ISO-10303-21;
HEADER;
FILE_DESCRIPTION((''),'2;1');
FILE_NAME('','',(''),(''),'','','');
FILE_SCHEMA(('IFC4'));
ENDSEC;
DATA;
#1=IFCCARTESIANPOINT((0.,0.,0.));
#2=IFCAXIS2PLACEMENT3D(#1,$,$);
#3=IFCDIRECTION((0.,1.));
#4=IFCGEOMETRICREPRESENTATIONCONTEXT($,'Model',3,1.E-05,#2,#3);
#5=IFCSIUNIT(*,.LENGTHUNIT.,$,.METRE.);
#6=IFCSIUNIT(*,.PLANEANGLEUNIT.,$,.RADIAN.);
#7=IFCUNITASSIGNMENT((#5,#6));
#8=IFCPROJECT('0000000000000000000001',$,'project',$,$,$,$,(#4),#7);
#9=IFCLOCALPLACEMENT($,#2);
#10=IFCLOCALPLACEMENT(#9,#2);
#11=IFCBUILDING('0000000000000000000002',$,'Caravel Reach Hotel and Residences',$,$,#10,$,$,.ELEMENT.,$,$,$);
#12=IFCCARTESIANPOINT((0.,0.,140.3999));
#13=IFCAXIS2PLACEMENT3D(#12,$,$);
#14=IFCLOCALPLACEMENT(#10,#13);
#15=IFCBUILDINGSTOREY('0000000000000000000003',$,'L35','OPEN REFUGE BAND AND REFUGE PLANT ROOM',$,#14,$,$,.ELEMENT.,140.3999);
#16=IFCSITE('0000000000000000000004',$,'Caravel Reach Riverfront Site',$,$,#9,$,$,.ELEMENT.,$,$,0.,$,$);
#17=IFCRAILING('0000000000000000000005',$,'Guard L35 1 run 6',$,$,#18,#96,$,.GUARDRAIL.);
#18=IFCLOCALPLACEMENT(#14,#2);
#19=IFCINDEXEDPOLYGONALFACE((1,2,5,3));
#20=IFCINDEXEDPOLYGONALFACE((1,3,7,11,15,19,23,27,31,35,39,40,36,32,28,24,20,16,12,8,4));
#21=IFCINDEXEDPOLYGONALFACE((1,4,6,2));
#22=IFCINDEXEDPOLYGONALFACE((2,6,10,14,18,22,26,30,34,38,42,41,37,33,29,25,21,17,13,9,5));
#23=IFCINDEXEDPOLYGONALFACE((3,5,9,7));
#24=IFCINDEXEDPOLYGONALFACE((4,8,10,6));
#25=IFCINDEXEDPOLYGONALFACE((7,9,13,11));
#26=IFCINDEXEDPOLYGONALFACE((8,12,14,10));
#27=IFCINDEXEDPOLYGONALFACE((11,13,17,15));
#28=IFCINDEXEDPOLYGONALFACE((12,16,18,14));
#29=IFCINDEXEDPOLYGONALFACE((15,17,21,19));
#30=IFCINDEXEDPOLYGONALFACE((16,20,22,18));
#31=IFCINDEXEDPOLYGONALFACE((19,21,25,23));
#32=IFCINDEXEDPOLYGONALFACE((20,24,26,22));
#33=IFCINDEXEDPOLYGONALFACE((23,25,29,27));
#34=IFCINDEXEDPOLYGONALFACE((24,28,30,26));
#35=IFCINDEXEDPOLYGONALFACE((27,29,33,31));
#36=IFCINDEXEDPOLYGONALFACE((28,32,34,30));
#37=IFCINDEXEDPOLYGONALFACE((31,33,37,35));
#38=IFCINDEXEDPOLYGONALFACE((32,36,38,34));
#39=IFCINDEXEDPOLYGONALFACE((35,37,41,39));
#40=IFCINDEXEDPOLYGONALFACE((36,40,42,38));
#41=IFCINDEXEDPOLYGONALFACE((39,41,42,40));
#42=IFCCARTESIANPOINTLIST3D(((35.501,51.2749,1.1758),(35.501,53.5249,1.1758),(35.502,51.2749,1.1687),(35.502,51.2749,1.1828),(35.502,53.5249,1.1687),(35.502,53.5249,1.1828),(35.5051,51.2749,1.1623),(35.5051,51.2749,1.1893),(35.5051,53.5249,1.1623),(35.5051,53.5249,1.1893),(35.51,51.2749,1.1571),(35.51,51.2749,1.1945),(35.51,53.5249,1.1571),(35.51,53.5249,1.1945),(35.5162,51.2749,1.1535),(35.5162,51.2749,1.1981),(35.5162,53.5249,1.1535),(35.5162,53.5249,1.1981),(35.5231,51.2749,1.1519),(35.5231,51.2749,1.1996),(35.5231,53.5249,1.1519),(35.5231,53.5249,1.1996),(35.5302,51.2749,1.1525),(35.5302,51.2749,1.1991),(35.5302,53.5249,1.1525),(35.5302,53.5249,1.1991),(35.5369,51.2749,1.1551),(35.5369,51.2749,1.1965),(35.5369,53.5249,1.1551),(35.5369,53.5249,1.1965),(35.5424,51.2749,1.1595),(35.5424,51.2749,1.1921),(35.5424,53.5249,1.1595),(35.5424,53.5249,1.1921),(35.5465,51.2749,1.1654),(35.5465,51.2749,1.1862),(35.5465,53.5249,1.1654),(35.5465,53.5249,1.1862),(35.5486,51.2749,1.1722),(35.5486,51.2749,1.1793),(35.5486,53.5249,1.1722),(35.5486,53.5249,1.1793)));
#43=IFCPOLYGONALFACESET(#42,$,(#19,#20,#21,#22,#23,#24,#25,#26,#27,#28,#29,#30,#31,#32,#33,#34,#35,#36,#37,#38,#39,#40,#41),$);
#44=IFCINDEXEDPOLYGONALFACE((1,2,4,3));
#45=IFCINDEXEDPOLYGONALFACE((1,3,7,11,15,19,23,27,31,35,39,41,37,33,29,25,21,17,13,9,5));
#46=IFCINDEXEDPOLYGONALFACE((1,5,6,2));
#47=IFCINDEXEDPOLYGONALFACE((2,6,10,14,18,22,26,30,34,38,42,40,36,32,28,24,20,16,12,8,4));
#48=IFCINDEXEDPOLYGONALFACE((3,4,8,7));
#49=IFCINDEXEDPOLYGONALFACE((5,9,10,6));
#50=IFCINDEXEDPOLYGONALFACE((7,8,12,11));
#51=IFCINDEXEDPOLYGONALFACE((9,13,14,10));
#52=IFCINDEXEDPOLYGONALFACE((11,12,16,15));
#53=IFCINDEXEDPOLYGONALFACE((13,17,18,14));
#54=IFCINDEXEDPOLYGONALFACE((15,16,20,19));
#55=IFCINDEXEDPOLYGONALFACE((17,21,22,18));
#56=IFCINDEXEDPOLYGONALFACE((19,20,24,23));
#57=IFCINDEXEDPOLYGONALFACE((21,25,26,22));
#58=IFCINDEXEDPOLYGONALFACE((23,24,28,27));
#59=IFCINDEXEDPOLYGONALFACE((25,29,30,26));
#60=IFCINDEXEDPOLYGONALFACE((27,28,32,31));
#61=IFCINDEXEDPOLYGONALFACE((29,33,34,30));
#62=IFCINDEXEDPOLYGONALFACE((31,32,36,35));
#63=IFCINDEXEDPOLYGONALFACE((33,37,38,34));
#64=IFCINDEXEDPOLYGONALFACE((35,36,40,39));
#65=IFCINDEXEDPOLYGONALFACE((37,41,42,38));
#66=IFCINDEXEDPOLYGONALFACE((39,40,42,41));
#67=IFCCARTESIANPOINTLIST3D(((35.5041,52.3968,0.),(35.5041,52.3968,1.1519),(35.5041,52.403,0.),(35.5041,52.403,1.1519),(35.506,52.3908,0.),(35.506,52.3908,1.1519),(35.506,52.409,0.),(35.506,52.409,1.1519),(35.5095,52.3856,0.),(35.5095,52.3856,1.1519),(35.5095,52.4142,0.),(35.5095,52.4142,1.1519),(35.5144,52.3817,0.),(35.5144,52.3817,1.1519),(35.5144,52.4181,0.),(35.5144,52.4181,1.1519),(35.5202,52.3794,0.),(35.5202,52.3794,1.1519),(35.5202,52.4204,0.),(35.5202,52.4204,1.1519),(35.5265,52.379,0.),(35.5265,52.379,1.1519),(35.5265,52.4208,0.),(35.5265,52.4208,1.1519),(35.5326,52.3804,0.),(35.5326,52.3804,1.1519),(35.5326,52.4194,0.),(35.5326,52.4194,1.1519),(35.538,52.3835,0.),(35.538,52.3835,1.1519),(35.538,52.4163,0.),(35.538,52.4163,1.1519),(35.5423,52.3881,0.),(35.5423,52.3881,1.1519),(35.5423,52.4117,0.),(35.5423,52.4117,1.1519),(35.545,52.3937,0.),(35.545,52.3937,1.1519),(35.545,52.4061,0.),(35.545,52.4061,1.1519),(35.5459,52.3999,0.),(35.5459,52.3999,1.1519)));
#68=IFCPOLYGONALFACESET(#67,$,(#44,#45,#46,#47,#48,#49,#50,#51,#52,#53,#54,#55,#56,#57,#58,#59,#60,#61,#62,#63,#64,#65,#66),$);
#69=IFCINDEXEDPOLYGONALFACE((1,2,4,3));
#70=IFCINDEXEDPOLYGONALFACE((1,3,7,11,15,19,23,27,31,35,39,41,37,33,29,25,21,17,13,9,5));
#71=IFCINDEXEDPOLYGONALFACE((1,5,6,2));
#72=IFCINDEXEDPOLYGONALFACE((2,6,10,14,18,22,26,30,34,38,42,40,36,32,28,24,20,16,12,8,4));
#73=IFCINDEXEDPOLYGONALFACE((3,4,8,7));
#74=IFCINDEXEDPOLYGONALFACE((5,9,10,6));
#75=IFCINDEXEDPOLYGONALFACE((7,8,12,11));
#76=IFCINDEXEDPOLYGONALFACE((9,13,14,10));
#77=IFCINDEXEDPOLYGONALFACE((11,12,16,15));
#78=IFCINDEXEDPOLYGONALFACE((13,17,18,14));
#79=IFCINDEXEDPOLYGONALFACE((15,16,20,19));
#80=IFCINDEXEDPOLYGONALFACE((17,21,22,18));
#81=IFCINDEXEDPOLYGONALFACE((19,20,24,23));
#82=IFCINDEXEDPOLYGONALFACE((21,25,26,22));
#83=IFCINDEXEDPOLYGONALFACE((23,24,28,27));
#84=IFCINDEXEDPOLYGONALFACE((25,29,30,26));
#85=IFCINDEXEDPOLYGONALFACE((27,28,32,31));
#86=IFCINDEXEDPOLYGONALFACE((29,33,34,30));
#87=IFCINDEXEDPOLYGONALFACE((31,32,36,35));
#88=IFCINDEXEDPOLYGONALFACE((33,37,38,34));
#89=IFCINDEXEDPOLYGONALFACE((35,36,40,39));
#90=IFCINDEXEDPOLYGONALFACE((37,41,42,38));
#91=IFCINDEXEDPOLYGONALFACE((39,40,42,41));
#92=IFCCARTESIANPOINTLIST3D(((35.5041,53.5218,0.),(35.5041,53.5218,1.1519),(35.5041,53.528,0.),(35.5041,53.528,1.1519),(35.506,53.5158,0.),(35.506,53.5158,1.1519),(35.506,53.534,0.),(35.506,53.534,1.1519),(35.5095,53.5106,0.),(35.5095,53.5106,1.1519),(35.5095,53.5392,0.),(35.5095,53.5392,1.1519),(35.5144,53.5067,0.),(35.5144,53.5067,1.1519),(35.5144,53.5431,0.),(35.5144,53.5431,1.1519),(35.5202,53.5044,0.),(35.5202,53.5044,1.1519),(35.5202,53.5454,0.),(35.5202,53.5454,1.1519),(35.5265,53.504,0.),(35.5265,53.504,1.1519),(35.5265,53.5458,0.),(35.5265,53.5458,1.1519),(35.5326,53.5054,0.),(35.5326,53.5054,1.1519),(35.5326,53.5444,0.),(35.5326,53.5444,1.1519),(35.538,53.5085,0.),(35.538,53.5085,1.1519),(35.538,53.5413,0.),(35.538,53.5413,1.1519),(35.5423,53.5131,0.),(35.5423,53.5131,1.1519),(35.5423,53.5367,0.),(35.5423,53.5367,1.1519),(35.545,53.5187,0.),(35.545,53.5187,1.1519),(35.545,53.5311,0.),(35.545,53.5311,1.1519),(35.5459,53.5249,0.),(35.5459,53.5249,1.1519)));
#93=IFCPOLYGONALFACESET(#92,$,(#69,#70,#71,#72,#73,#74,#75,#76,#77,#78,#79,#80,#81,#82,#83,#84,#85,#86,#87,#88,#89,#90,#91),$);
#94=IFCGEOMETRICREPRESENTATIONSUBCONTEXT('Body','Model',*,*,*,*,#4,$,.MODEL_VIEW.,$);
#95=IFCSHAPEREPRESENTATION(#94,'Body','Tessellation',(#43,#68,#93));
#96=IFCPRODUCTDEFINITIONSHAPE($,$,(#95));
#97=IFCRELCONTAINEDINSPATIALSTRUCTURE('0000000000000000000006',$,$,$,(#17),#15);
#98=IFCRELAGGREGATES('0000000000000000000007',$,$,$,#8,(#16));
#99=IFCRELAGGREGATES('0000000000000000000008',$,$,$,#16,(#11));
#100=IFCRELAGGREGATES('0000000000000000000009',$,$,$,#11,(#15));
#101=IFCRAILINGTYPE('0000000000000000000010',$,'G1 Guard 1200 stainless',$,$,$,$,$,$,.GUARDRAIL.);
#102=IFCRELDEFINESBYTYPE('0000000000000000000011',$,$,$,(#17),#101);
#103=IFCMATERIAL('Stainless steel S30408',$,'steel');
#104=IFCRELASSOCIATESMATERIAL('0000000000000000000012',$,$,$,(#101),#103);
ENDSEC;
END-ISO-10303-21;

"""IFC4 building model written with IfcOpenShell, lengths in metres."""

from ifc_helpers import new_model, si_unit, direction, frame, origin, origin_2d, place, context, subcontext, project, spatial, circle, extrude, material, type_object, element, save


model = new_model("IFC4")

# Units and contexts
model_context = context("Model", 3, precision=1e-05, world=origin(), true_north=direction((0.0, 1.0)))
body_context = subcontext(model_context, "Body", "Model", "MODEL_VIEW")
ifc_project = project(units=[si_unit("LENGTHUNIT", "METRE"), si_unit("PLANEANGLEUNIT", "RADIAN")], contexts=[model_context])

# Site, building, storey
site_placement = place(None, origin())
site = spatial("IfcSite", under=ifc_project, at=site_placement, Name="Caravel Reach Riverfront Site", CompositionType="ELEMENT", RefElevation=0.0)
building_placement = place(site_placement, origin())
building = spatial("IfcBuilding", under=site, at=building_placement, Name="Caravel Reach Hotel and Residences", CompositionType="ELEMENT")
storey_placement = place(building_placement, frame((0.0, 0.0, 140.3999)))
storey = spatial("IfcBuildingStorey", under=building, at=storey_placement, Name="L35", Description="OPEN REFUGE BAND AND REFUGE PLANT ROOM", CompositionType="ELEMENT", Elevation=140.3999)

# Railing
ifc_material_1 = material(Name="Stainless steel S30408", Category="steel")
railing_type = type_object("IfcRailingType", Name="G1 Guard 1200 stainless", PredefinedType="GUARDRAIL", material=ifc_material_1)
railing_1_placement = place(storey_placement, frame((35.5249, 51.2749, 0.0)))
element("IfcRailing", 1, at=railing_1_placement, inside=storey, type_object=railing_type, Name="Guard L35 1 run 6", PredefinedType="GUARDRAIL", context=body_context, shape_type="SweptSolid", body=[
    extrude(circle(Radius=0.0239, at=origin_2d()), frame((0.0, 0.0, 1.1758), z_axis=(0.0, 1.0, 0.0), x_axis=(-1.0, 0.0, 0.0)), (0.0, 0.0, 1.0), 2.25),
    extrude(circle(Radius=0.021, at=origin_2d()), frame((0.0, 1.125, 0.0)), (0.0, 0.0, 1.0), 1.1519),
    extrude(circle(Radius=0.021, at=origin_2d()), frame((0.0, 2.25, 0.0)), (0.0, 0.0, 1.0), 1.1519),
])

save(model, "model.ifc")
